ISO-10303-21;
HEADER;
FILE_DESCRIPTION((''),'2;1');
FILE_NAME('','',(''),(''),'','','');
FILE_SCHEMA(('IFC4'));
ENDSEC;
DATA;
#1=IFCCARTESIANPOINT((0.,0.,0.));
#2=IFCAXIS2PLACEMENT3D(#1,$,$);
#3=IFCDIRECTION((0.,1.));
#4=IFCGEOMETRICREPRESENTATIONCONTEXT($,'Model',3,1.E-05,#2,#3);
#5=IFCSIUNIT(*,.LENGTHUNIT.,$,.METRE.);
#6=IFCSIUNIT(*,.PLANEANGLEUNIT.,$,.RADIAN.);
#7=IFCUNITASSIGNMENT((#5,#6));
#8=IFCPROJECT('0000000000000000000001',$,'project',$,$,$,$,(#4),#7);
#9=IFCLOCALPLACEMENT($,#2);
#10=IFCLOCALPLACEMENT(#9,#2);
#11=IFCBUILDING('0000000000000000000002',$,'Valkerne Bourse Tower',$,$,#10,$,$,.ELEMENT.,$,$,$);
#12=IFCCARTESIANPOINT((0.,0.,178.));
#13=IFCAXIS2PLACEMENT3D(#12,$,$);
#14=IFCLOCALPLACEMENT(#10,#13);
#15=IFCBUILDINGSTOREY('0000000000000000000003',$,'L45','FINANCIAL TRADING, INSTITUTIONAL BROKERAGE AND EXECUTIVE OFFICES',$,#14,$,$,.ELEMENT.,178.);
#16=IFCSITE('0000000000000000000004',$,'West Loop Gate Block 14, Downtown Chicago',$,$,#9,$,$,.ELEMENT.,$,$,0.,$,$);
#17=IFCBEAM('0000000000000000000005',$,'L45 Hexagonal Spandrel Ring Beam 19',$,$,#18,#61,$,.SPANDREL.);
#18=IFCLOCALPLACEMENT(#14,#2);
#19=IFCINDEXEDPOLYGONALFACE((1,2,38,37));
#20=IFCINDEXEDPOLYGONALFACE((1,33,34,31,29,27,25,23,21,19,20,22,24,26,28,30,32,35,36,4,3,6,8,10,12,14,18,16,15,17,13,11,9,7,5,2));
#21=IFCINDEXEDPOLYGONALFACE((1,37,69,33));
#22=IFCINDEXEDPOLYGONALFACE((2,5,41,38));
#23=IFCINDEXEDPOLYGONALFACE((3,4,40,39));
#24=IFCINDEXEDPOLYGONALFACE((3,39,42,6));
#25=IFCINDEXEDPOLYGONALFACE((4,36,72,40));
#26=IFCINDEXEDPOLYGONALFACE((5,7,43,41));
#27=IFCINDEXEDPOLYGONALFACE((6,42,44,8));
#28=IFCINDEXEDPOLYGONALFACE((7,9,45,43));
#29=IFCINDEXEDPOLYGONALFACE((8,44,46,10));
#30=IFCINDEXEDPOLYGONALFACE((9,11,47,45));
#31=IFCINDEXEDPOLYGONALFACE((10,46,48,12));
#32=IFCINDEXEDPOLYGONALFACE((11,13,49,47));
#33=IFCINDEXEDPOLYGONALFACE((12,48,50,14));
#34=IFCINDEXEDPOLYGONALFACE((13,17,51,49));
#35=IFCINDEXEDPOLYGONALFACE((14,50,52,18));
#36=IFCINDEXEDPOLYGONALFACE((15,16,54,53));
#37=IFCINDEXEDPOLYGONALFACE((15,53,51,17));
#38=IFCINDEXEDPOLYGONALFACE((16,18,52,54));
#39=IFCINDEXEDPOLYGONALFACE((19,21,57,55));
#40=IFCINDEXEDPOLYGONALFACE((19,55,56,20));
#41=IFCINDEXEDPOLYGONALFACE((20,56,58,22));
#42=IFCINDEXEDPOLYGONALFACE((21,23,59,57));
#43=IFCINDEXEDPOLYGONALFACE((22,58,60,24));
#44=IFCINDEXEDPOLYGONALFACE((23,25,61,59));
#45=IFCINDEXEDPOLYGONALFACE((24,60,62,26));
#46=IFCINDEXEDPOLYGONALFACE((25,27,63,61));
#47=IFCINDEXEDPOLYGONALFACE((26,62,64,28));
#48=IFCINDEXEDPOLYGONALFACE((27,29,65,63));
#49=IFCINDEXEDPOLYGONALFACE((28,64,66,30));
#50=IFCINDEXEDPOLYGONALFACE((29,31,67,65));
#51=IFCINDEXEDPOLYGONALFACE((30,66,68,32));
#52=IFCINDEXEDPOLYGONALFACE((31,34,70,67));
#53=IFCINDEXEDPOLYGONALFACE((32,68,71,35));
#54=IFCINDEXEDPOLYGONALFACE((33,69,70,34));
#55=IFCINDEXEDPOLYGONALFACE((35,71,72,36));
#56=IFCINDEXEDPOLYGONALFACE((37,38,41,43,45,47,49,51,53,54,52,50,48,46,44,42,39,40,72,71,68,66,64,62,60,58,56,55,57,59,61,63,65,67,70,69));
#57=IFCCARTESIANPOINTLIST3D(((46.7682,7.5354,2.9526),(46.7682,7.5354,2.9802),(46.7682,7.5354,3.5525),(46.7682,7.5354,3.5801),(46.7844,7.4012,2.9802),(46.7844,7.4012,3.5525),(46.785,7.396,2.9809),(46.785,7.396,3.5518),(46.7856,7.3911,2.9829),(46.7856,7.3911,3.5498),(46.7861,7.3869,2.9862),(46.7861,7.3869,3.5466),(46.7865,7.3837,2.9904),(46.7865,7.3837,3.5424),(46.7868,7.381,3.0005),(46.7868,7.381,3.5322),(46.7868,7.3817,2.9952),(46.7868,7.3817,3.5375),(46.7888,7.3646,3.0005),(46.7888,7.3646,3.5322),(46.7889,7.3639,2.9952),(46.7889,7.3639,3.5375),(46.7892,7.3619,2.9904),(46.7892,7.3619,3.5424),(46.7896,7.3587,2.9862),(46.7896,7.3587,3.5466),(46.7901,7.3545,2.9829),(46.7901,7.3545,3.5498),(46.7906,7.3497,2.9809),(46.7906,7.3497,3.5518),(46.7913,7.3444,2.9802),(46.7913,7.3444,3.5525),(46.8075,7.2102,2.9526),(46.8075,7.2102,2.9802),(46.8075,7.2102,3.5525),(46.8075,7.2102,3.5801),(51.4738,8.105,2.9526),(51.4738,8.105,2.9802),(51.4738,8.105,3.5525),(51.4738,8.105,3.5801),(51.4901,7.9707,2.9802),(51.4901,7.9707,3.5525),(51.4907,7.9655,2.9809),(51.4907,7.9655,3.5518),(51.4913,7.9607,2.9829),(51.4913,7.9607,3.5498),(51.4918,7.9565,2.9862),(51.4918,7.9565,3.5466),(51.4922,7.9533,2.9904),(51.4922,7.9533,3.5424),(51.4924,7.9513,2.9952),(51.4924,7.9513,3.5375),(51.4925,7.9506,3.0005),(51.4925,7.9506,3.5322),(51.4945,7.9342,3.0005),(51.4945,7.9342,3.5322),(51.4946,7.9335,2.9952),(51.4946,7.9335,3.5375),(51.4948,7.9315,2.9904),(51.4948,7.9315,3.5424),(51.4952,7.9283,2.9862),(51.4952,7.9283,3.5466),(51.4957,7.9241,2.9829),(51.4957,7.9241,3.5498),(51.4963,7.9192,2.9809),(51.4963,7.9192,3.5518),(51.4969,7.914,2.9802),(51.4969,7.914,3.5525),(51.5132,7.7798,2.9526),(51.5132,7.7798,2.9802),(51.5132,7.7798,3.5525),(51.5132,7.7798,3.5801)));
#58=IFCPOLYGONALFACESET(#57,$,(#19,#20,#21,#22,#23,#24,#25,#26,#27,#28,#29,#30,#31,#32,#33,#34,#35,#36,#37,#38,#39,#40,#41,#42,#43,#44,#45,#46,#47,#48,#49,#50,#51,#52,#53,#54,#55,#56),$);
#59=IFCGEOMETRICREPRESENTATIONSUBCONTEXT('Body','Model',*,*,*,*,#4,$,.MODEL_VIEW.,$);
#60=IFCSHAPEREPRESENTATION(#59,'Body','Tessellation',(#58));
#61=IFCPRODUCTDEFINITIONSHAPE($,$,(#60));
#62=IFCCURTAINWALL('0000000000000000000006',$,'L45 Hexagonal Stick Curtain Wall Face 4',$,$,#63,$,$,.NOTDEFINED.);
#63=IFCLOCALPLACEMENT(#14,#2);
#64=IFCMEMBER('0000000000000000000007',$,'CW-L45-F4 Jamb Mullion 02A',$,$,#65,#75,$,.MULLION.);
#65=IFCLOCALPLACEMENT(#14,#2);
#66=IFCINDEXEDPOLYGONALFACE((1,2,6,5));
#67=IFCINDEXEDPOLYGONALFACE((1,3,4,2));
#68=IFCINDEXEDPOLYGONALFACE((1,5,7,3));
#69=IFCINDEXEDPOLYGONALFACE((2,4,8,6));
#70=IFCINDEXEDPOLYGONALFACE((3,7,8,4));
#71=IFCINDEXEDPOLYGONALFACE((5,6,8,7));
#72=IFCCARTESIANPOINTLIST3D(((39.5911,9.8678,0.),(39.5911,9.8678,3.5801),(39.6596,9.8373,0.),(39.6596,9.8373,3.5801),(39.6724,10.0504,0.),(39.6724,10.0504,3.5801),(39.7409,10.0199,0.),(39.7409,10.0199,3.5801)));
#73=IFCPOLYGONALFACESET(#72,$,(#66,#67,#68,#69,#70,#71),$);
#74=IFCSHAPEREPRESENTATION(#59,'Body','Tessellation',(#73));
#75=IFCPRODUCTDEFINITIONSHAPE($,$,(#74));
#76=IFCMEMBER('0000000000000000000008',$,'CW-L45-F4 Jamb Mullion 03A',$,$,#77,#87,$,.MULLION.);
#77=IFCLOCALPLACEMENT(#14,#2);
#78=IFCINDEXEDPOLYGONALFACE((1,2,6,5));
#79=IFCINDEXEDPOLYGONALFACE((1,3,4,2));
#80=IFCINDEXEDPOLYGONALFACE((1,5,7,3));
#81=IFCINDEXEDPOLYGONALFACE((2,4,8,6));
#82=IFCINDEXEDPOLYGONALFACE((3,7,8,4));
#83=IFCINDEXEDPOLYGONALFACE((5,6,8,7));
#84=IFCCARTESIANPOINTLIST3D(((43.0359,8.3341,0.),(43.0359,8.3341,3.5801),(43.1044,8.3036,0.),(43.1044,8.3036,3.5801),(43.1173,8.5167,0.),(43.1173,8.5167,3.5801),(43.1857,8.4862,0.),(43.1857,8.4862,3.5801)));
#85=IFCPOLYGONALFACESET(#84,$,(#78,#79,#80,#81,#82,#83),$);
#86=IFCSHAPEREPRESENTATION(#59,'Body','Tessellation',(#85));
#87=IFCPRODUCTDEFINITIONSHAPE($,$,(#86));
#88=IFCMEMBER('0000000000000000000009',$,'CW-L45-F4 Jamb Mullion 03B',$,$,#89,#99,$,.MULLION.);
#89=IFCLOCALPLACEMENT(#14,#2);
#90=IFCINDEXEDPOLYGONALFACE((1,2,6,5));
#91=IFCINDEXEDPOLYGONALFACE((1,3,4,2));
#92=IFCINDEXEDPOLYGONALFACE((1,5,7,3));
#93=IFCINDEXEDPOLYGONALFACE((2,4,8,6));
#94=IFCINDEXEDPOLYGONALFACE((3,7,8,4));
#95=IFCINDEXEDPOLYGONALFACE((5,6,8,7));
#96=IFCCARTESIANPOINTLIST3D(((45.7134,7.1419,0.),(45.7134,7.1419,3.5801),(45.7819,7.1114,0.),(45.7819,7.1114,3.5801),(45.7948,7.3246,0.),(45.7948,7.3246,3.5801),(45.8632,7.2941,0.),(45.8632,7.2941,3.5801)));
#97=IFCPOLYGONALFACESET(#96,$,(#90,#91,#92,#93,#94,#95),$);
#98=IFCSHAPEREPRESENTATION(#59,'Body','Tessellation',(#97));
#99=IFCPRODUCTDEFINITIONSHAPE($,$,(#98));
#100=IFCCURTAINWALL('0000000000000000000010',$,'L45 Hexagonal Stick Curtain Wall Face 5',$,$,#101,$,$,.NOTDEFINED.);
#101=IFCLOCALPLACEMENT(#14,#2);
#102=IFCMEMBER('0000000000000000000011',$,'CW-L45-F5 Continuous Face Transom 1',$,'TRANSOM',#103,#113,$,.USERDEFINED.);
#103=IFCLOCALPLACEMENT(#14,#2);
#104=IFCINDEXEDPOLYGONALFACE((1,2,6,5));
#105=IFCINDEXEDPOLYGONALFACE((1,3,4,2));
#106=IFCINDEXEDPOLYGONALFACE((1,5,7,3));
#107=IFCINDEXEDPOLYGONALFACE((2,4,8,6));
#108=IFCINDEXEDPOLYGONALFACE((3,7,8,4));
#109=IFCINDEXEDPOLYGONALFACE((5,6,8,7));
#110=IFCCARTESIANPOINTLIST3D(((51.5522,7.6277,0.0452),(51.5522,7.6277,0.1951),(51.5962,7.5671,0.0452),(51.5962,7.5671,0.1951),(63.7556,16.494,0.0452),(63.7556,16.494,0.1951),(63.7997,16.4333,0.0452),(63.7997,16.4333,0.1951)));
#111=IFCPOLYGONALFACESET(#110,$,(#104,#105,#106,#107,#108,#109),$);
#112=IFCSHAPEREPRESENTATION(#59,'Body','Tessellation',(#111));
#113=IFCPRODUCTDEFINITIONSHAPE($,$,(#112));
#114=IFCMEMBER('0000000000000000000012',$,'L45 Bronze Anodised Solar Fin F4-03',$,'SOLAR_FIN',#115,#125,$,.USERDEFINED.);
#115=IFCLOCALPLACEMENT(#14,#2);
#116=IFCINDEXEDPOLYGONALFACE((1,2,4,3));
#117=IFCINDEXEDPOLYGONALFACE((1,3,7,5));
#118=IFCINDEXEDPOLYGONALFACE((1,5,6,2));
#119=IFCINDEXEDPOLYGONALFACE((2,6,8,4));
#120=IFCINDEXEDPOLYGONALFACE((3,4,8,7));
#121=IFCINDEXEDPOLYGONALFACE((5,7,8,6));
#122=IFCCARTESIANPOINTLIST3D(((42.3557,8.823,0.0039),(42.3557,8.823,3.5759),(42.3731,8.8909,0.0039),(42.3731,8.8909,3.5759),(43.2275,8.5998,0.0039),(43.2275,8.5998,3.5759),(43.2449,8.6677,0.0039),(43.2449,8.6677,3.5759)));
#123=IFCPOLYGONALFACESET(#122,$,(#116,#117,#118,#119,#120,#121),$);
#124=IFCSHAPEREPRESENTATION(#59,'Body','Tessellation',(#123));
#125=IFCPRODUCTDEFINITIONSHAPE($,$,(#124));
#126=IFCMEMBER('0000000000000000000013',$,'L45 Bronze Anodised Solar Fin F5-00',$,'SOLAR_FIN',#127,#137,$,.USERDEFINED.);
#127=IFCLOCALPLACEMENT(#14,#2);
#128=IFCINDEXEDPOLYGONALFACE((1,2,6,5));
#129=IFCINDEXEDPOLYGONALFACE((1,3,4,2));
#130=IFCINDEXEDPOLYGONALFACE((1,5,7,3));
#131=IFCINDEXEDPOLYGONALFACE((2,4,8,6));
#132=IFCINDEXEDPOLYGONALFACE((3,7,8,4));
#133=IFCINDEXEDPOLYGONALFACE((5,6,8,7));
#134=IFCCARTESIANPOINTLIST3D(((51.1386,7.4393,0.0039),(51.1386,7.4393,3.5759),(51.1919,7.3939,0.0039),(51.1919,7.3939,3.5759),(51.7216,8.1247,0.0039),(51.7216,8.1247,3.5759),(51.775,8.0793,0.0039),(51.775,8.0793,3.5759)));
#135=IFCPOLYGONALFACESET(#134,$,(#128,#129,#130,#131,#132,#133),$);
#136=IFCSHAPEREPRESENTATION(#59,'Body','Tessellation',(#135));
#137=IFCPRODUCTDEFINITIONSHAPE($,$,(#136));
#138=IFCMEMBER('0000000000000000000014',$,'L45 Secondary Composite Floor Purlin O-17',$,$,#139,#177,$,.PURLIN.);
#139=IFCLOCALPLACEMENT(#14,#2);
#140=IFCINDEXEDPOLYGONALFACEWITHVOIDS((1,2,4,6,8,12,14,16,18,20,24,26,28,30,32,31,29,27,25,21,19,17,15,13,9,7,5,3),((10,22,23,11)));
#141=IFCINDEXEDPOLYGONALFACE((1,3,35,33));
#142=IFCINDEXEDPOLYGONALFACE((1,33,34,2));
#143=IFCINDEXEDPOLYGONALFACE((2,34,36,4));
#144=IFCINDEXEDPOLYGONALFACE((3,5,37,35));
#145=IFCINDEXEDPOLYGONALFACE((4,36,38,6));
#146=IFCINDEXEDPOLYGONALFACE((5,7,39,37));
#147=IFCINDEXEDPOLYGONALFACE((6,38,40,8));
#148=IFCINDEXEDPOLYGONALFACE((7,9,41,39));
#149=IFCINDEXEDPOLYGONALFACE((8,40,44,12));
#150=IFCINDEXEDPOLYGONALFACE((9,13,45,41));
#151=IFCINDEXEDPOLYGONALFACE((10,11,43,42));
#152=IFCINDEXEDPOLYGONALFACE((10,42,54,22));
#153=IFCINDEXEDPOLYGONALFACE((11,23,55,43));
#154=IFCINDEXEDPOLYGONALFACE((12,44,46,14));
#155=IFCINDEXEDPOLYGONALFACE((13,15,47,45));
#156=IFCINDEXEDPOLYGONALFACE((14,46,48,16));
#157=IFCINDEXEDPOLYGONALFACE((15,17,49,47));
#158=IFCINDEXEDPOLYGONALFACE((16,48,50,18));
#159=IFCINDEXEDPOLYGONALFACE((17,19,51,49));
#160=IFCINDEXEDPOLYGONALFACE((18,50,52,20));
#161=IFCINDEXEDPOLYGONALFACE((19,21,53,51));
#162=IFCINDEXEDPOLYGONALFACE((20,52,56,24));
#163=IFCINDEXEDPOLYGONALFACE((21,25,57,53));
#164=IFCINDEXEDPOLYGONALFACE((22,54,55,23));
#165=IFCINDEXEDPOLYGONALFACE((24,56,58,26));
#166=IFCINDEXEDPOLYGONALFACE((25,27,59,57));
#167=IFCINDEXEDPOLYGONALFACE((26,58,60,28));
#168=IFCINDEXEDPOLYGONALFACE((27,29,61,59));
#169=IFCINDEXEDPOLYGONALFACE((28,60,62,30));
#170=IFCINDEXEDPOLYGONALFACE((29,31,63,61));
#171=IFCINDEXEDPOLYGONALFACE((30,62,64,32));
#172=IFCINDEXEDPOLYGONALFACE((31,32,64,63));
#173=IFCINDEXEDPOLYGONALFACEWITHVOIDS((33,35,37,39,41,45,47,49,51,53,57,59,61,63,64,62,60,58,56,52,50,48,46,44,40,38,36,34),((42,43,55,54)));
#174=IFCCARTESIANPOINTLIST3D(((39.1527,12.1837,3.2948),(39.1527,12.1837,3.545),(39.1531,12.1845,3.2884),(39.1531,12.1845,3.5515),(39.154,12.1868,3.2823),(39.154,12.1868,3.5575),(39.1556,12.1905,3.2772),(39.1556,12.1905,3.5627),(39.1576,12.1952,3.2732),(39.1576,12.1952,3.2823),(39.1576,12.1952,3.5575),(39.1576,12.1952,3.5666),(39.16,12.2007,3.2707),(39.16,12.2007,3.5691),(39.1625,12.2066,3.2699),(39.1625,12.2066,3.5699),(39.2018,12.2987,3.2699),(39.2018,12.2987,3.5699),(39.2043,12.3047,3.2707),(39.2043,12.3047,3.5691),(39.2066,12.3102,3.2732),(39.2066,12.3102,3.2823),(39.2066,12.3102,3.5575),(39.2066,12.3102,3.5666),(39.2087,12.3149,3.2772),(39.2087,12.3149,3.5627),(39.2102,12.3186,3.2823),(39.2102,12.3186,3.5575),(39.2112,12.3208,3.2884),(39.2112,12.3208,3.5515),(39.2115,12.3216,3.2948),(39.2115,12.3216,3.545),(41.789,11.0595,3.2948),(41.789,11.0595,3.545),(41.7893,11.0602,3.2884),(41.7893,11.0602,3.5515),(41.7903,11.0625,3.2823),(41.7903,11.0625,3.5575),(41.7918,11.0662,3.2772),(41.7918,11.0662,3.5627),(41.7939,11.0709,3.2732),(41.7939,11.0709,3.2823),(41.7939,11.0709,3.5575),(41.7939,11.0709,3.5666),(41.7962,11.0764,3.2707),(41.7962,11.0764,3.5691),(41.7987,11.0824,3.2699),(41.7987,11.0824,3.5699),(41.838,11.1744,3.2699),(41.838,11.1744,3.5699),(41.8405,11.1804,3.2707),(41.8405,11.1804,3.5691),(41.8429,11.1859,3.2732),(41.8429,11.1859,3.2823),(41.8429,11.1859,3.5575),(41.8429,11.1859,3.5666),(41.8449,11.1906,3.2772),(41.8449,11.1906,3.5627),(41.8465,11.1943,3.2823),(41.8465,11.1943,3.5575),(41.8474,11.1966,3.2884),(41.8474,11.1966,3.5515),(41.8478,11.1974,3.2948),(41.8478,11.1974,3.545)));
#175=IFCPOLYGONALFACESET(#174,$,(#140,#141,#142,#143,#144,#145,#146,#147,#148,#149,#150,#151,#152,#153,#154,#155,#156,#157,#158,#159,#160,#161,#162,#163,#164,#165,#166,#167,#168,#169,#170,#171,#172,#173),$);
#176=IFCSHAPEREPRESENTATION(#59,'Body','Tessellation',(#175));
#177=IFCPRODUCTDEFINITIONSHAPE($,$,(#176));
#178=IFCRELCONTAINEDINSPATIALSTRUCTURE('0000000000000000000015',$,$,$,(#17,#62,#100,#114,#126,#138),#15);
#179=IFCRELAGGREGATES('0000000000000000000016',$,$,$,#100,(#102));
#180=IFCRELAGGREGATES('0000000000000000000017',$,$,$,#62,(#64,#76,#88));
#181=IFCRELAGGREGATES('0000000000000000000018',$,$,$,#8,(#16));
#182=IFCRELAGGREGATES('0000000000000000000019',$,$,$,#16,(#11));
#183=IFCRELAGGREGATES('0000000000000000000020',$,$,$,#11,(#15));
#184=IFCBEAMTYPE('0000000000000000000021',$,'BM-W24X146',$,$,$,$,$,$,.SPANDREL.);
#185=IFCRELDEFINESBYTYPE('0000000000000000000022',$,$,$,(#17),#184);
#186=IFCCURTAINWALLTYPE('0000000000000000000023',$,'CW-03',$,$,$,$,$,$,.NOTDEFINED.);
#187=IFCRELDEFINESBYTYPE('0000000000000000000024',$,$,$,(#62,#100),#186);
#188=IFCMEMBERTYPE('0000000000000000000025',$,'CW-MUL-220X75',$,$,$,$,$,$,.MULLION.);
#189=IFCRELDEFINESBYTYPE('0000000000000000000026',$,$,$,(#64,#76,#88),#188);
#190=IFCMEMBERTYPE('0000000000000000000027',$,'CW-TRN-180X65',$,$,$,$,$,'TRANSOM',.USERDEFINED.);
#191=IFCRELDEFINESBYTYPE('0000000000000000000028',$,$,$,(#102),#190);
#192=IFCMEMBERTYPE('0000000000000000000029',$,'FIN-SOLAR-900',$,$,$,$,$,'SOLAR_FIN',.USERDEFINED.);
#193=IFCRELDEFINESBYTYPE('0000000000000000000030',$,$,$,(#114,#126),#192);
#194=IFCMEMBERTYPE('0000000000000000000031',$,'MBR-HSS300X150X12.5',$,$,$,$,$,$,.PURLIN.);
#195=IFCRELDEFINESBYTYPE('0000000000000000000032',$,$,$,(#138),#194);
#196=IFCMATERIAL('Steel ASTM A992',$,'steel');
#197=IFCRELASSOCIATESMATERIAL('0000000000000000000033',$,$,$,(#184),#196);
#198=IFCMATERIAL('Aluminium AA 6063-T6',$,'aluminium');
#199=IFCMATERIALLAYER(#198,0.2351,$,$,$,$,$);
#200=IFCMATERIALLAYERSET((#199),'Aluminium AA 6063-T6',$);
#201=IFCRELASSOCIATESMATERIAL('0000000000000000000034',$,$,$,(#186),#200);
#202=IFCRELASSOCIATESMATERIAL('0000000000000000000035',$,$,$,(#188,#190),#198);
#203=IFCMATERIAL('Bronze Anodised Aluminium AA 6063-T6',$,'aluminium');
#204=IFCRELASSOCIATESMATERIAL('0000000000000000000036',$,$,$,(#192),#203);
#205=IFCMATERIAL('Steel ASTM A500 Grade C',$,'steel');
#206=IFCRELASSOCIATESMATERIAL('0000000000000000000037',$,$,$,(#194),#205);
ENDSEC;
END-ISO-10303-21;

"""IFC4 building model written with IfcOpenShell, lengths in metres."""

from ifc_helpers import new_model, si_unit, direction, frame, origin, origin_2d, place, context, subcontext, project, spatial, rectangle, hollow_rectangle, i_section, extrude, material, layer, layer_set, material_profile, profile_set, type_object, element, aggregate, save


model = new_model("IFC4")

# Units and contexts
model_context = context("Model", 3, precision=1e-05, world=origin(), true_north=direction((0.0, 1.0)))
body_context = subcontext(model_context, "Body", "Model", "MODEL_VIEW")
ifc_project = project(units=[si_unit("LENGTHUNIT", "METRE"), si_unit("PLANEANGLEUNIT", "RADIAN")], contexts=[model_context])

# Site, building, storey
site_placement = place(None, origin())
site = spatial("IfcSite", under=ifc_project, at=site_placement, Name="West Loop Gate Block 14, Downtown Chicago", CompositionType="ELEMENT", RefElevation=0.0)
building_placement = place(site_placement, origin())
building = spatial("IfcBuilding", under=site, at=building_placement, Name="Valkerne Bourse Tower", CompositionType="ELEMENT")
storey_placement = place(building_placement, frame((0.0, 0.0, 178.0)))
storey = spatial("IfcBuildingStorey", under=building, at=storey_placement, Name="L45", Description="FINANCIAL TRADING, INSTITUTIONAL BROKERAGE AND EXECUTIVE OFFICES", CompositionType="ELEMENT", Elevation=178.0)

# Beam
ifc_material_1 = material(Name="Steel ASTM A992", Category="steel")
ifc_material_profile_1 = material_profile(ifc_material_1, i_section(OverallWidth=0.3276, OverallDepth=0.6274, WebThickness=0.0166, FlangeThickness=0.0276, FilletRadius=0.0203, at=origin_2d()), Name="W24X146")
ifc_profile_set_1 = profile_set([ifc_material_profile_1], Name="Steel ASTM A992")
beam_type_1 = type_object("IfcBeamType", Name="BM-W24X146", PredefinedType="SPANDREL", material=ifc_profile_set_1)
beam_1_placement = place(storey_placement, frame((46.7878, 7.3728, 3.2664), z_axis=(0.992754, 0.120167, 0.0), x_axis=(-0.120167, 0.992754, 0.0)))
element("IfcBeam", 1, at=beam_1_placement, inside=storey, type_object=beam_type_1, Name="L45 Hexagonal Spandrel Ring Beam 19", PredefinedType="SPANDREL", context=body_context, shape_type="SweptSolid", body=[
    extrude(i_section(OverallWidth=0.3276, OverallDepth=0.6274, WebThickness=0.0166, FlangeThickness=0.0276, FilletRadius=0.0203, at=origin_2d()), origin(), (0.0, 0.0, 1.0), 4.74),
])

# Curtain wall, members
ifc_material_2 = material(Name="Aluminium AA 6063-T6", Category="aluminium")
ifc_layer_1 = layer(ifc_material_2, 0.2351)
ifc_layer_set_1 = layer_set([ifc_layer_1], Name="Aluminium AA 6063-T6")
curtain_wall_type = type_object("IfcCurtainWallType", Name="CW-03", PredefinedType="NOTDEFINED", material=ifc_layer_set_1)
curtain_wall_1_placement = place(storey_placement, origin())
curtain_wall_1 = element("IfcCurtainWall", 2, at=curtain_wall_1_placement, inside=storey, type_object=curtain_wall_type, Name="L45 Hexagonal Stick Curtain Wall Face 4", PredefinedType="NOTDEFINED")
ifc_material_profile_2 = material_profile(ifc_material_2, rectangle(XDim=0.075, YDim=0.2, at=origin_2d()), Name="CWM-75X200")
ifc_profile_set_2 = profile_set([ifc_material_profile_2], Name="Aluminium AA 6063-T6")
member_type_1 = type_object("IfcMemberType", Name="CW-MUL-220X75", PredefinedType="MULLION", material=ifc_profile_set_2)
member_1_placement = place(storey_placement, frame((39.666, 9.9438, 0.0), z_axis=(0.0, 0.0, 1.0), x_axis=(0.913547, -0.406734, 0.0)))
member_1 = element("IfcMember", 3, at=member_1_placement, type_object=member_type_1, Name="CW-L45-F4 Jamb Mullion 02A", PredefinedType="MULLION", context=body_context, shape_type="SweptSolid", body=[
    extrude(rectangle(XDim=0.075, YDim=0.2, at=origin_2d()), origin(), (0.0, 0.0, 1.0), 3.5801),
])
member_2_placement = place(storey_placement, frame((43.1108, 8.4102, 0.0), z_axis=(0.0, 0.0, 1.0), x_axis=(0.913542, -0.406744, 0.0)))
member_2 = element("IfcMember", 4, at=member_2_placement, type_object=member_type_1, Name="CW-L45-F4 Jamb Mullion 03A", PredefinedType="MULLION", context=body_context, shape_type="SweptSolid", body=[
    extrude(rectangle(XDim=0.075, YDim=0.2, at=origin_2d()), origin(), (0.0, 0.0, 1.0), 3.5801),
])
member_3_placement = place(storey_placement, frame((45.7883, 7.218, 0.0), z_axis=(0.0, 0.0, 1.0), x_axis=(0.913542, -0.406744, 0.0)))
member_3 = element("IfcMember", 5, at=member_3_placement, type_object=member_type_1, Name="CW-L45-F4 Jamb Mullion 03B", PredefinedType="MULLION", context=body_context, shape_type="SweptSolid", body=[
    extrude(rectangle(XDim=0.075, YDim=0.2, at=origin_2d()), origin(), (0.0, 0.0, 1.0), 3.5801),
])

# Curtain wall, member
curtain_wall_2_placement = place(storey_placement, origin())
curtain_wall_2 = element("IfcCurtainWall", 6, at=curtain_wall_2_placement, inside=storey, type_object=curtain_wall_type, Name="L45 Hexagonal Stick Curtain Wall Face 5", PredefinedType="NOTDEFINED")
ifc_material_profile_3 = material_profile(ifc_material_2, rectangle(XDim=0.075, YDim=0.1499, at=origin_2d()), Name="CWT-75X150")
ifc_profile_set_3 = profile_set([ifc_material_profile_3], Name="Aluminium AA 6063-T6")
member_type_2 = type_object("IfcMemberType", Name="CW-TRN-180X65", ElementType="TRANSOM", PredefinedType="USERDEFINED", material=ifc_profile_set_3)
member_4_placement = place(storey_placement, frame((51.5742, 7.5974, 0.1201), z_axis=(0.809019, 0.587783, 0.0), x_axis=(-0.587783, 0.809019, 0.0)))
member_4 = element("IfcMember", 7, at=member_4_placement, type_object=member_type_2, Name="CW-L45-F5 Continuous Face Transom 1", ObjectType="TRANSOM", PredefinedType="USERDEFINED", context=body_context, shape_type="SweptSolid", body=[
    extrude(rectangle(XDim=0.075, YDim=0.1499, at=origin_2d()), origin(), (0.0, 0.0, 1.0), 15.0842),
])
aggregate(curtain_wall_2, [member_4])

# Members
ifc_material_3 = material(Name="Bronze Anodised Aluminium AA 6063-T6", Category="aluminium")
ifc_material_profile_4 = material_profile(ifc_material_3, rectangle(XDim=0.0701, YDim=0.8999, at=origin_2d()), Name="FIN-70X900")
ifc_profile_set_4 = profile_set([ifc_material_profile_4], Name="Bronze Anodised Aluminium AA 6063-T6")
member_type_3 = type_object("IfcMemberType", Name="FIN-SOLAR-900", ElementType="SOLAR_FIN", PredefinedType="USERDEFINED", material=ifc_profile_set_4)
for number, where, z_axis, x_axis, name in (
    (8, (42.8003, 8.7454, 0.0039), (0.0, 0.0, 1.0), (-0.248074, -0.968741, 0.0), "L45 Bronze Anodised Solar Fin F4-03"),
    (9, (51.4568, 7.7593, 0.0039), (0.0, 0.0, 1.0), (0.761696, -0.647935, 0.0), "L45 Bronze Anodised Solar Fin F5-00"),
):
    element("IfcMember", number, at=place(storey_placement, frame(where, z_axis=z_axis, x_axis=x_axis)), inside=storey, type_object=member_type_3, Name=name, ObjectType="SOLAR_FIN", PredefinedType="USERDEFINED", context=body_context, shape_type="SweptSolid", body=[
        extrude(rectangle(XDim=0.0701, YDim=0.8999, at=origin_2d()), origin(), (0.0, 0.0, 1.0), 3.572),
    ])
ifc_material_4 = material(Name="Steel ASTM A500 Grade C", Category="steel")
ifc_material_profile_5 = material_profile(ifc_material_4, hollow_rectangle(XDim=0.1499, YDim=0.3, WallThickness=0.0125, OuterFilletRadius=0.0249, at=origin_2d()), Name="HSS300X150X12.5")
ifc_profile_set_5 = profile_set([ifc_material_profile_5], Name="Steel ASTM A500 Grade C")
member_type_4 = type_object("IfcMemberType", Name="MBR-HSS300X150X12.5", PredefinedType="PURLIN", material=ifc_profile_set_5)
member_5_placement = place(storey_placement, frame((39.1821, 12.2527, 3.4199), z_axis=(0.919844, -0.392284, 0.0), x_axis=(0.392284, 0.919844, 0.0)))
element("IfcMember", 10, at=member_5_placement, inside=storey, type_object=member_type_4, Name="L45 Secondary Composite Floor Purlin O-17", PredefinedType="PURLIN", context=body_context, shape_type="SweptSolid", body=[
    extrude(hollow_rectangle(XDim=0.1499, YDim=0.3, WallThickness=0.0125, OuterFilletRadius=0.0249, at=origin_2d()), origin(), (0.0, 0.0, 1.0), 2.866),
])

aggregate(curtain_wall_1, [member_1, member_2, member_3])

save(model, "model.ifc")
